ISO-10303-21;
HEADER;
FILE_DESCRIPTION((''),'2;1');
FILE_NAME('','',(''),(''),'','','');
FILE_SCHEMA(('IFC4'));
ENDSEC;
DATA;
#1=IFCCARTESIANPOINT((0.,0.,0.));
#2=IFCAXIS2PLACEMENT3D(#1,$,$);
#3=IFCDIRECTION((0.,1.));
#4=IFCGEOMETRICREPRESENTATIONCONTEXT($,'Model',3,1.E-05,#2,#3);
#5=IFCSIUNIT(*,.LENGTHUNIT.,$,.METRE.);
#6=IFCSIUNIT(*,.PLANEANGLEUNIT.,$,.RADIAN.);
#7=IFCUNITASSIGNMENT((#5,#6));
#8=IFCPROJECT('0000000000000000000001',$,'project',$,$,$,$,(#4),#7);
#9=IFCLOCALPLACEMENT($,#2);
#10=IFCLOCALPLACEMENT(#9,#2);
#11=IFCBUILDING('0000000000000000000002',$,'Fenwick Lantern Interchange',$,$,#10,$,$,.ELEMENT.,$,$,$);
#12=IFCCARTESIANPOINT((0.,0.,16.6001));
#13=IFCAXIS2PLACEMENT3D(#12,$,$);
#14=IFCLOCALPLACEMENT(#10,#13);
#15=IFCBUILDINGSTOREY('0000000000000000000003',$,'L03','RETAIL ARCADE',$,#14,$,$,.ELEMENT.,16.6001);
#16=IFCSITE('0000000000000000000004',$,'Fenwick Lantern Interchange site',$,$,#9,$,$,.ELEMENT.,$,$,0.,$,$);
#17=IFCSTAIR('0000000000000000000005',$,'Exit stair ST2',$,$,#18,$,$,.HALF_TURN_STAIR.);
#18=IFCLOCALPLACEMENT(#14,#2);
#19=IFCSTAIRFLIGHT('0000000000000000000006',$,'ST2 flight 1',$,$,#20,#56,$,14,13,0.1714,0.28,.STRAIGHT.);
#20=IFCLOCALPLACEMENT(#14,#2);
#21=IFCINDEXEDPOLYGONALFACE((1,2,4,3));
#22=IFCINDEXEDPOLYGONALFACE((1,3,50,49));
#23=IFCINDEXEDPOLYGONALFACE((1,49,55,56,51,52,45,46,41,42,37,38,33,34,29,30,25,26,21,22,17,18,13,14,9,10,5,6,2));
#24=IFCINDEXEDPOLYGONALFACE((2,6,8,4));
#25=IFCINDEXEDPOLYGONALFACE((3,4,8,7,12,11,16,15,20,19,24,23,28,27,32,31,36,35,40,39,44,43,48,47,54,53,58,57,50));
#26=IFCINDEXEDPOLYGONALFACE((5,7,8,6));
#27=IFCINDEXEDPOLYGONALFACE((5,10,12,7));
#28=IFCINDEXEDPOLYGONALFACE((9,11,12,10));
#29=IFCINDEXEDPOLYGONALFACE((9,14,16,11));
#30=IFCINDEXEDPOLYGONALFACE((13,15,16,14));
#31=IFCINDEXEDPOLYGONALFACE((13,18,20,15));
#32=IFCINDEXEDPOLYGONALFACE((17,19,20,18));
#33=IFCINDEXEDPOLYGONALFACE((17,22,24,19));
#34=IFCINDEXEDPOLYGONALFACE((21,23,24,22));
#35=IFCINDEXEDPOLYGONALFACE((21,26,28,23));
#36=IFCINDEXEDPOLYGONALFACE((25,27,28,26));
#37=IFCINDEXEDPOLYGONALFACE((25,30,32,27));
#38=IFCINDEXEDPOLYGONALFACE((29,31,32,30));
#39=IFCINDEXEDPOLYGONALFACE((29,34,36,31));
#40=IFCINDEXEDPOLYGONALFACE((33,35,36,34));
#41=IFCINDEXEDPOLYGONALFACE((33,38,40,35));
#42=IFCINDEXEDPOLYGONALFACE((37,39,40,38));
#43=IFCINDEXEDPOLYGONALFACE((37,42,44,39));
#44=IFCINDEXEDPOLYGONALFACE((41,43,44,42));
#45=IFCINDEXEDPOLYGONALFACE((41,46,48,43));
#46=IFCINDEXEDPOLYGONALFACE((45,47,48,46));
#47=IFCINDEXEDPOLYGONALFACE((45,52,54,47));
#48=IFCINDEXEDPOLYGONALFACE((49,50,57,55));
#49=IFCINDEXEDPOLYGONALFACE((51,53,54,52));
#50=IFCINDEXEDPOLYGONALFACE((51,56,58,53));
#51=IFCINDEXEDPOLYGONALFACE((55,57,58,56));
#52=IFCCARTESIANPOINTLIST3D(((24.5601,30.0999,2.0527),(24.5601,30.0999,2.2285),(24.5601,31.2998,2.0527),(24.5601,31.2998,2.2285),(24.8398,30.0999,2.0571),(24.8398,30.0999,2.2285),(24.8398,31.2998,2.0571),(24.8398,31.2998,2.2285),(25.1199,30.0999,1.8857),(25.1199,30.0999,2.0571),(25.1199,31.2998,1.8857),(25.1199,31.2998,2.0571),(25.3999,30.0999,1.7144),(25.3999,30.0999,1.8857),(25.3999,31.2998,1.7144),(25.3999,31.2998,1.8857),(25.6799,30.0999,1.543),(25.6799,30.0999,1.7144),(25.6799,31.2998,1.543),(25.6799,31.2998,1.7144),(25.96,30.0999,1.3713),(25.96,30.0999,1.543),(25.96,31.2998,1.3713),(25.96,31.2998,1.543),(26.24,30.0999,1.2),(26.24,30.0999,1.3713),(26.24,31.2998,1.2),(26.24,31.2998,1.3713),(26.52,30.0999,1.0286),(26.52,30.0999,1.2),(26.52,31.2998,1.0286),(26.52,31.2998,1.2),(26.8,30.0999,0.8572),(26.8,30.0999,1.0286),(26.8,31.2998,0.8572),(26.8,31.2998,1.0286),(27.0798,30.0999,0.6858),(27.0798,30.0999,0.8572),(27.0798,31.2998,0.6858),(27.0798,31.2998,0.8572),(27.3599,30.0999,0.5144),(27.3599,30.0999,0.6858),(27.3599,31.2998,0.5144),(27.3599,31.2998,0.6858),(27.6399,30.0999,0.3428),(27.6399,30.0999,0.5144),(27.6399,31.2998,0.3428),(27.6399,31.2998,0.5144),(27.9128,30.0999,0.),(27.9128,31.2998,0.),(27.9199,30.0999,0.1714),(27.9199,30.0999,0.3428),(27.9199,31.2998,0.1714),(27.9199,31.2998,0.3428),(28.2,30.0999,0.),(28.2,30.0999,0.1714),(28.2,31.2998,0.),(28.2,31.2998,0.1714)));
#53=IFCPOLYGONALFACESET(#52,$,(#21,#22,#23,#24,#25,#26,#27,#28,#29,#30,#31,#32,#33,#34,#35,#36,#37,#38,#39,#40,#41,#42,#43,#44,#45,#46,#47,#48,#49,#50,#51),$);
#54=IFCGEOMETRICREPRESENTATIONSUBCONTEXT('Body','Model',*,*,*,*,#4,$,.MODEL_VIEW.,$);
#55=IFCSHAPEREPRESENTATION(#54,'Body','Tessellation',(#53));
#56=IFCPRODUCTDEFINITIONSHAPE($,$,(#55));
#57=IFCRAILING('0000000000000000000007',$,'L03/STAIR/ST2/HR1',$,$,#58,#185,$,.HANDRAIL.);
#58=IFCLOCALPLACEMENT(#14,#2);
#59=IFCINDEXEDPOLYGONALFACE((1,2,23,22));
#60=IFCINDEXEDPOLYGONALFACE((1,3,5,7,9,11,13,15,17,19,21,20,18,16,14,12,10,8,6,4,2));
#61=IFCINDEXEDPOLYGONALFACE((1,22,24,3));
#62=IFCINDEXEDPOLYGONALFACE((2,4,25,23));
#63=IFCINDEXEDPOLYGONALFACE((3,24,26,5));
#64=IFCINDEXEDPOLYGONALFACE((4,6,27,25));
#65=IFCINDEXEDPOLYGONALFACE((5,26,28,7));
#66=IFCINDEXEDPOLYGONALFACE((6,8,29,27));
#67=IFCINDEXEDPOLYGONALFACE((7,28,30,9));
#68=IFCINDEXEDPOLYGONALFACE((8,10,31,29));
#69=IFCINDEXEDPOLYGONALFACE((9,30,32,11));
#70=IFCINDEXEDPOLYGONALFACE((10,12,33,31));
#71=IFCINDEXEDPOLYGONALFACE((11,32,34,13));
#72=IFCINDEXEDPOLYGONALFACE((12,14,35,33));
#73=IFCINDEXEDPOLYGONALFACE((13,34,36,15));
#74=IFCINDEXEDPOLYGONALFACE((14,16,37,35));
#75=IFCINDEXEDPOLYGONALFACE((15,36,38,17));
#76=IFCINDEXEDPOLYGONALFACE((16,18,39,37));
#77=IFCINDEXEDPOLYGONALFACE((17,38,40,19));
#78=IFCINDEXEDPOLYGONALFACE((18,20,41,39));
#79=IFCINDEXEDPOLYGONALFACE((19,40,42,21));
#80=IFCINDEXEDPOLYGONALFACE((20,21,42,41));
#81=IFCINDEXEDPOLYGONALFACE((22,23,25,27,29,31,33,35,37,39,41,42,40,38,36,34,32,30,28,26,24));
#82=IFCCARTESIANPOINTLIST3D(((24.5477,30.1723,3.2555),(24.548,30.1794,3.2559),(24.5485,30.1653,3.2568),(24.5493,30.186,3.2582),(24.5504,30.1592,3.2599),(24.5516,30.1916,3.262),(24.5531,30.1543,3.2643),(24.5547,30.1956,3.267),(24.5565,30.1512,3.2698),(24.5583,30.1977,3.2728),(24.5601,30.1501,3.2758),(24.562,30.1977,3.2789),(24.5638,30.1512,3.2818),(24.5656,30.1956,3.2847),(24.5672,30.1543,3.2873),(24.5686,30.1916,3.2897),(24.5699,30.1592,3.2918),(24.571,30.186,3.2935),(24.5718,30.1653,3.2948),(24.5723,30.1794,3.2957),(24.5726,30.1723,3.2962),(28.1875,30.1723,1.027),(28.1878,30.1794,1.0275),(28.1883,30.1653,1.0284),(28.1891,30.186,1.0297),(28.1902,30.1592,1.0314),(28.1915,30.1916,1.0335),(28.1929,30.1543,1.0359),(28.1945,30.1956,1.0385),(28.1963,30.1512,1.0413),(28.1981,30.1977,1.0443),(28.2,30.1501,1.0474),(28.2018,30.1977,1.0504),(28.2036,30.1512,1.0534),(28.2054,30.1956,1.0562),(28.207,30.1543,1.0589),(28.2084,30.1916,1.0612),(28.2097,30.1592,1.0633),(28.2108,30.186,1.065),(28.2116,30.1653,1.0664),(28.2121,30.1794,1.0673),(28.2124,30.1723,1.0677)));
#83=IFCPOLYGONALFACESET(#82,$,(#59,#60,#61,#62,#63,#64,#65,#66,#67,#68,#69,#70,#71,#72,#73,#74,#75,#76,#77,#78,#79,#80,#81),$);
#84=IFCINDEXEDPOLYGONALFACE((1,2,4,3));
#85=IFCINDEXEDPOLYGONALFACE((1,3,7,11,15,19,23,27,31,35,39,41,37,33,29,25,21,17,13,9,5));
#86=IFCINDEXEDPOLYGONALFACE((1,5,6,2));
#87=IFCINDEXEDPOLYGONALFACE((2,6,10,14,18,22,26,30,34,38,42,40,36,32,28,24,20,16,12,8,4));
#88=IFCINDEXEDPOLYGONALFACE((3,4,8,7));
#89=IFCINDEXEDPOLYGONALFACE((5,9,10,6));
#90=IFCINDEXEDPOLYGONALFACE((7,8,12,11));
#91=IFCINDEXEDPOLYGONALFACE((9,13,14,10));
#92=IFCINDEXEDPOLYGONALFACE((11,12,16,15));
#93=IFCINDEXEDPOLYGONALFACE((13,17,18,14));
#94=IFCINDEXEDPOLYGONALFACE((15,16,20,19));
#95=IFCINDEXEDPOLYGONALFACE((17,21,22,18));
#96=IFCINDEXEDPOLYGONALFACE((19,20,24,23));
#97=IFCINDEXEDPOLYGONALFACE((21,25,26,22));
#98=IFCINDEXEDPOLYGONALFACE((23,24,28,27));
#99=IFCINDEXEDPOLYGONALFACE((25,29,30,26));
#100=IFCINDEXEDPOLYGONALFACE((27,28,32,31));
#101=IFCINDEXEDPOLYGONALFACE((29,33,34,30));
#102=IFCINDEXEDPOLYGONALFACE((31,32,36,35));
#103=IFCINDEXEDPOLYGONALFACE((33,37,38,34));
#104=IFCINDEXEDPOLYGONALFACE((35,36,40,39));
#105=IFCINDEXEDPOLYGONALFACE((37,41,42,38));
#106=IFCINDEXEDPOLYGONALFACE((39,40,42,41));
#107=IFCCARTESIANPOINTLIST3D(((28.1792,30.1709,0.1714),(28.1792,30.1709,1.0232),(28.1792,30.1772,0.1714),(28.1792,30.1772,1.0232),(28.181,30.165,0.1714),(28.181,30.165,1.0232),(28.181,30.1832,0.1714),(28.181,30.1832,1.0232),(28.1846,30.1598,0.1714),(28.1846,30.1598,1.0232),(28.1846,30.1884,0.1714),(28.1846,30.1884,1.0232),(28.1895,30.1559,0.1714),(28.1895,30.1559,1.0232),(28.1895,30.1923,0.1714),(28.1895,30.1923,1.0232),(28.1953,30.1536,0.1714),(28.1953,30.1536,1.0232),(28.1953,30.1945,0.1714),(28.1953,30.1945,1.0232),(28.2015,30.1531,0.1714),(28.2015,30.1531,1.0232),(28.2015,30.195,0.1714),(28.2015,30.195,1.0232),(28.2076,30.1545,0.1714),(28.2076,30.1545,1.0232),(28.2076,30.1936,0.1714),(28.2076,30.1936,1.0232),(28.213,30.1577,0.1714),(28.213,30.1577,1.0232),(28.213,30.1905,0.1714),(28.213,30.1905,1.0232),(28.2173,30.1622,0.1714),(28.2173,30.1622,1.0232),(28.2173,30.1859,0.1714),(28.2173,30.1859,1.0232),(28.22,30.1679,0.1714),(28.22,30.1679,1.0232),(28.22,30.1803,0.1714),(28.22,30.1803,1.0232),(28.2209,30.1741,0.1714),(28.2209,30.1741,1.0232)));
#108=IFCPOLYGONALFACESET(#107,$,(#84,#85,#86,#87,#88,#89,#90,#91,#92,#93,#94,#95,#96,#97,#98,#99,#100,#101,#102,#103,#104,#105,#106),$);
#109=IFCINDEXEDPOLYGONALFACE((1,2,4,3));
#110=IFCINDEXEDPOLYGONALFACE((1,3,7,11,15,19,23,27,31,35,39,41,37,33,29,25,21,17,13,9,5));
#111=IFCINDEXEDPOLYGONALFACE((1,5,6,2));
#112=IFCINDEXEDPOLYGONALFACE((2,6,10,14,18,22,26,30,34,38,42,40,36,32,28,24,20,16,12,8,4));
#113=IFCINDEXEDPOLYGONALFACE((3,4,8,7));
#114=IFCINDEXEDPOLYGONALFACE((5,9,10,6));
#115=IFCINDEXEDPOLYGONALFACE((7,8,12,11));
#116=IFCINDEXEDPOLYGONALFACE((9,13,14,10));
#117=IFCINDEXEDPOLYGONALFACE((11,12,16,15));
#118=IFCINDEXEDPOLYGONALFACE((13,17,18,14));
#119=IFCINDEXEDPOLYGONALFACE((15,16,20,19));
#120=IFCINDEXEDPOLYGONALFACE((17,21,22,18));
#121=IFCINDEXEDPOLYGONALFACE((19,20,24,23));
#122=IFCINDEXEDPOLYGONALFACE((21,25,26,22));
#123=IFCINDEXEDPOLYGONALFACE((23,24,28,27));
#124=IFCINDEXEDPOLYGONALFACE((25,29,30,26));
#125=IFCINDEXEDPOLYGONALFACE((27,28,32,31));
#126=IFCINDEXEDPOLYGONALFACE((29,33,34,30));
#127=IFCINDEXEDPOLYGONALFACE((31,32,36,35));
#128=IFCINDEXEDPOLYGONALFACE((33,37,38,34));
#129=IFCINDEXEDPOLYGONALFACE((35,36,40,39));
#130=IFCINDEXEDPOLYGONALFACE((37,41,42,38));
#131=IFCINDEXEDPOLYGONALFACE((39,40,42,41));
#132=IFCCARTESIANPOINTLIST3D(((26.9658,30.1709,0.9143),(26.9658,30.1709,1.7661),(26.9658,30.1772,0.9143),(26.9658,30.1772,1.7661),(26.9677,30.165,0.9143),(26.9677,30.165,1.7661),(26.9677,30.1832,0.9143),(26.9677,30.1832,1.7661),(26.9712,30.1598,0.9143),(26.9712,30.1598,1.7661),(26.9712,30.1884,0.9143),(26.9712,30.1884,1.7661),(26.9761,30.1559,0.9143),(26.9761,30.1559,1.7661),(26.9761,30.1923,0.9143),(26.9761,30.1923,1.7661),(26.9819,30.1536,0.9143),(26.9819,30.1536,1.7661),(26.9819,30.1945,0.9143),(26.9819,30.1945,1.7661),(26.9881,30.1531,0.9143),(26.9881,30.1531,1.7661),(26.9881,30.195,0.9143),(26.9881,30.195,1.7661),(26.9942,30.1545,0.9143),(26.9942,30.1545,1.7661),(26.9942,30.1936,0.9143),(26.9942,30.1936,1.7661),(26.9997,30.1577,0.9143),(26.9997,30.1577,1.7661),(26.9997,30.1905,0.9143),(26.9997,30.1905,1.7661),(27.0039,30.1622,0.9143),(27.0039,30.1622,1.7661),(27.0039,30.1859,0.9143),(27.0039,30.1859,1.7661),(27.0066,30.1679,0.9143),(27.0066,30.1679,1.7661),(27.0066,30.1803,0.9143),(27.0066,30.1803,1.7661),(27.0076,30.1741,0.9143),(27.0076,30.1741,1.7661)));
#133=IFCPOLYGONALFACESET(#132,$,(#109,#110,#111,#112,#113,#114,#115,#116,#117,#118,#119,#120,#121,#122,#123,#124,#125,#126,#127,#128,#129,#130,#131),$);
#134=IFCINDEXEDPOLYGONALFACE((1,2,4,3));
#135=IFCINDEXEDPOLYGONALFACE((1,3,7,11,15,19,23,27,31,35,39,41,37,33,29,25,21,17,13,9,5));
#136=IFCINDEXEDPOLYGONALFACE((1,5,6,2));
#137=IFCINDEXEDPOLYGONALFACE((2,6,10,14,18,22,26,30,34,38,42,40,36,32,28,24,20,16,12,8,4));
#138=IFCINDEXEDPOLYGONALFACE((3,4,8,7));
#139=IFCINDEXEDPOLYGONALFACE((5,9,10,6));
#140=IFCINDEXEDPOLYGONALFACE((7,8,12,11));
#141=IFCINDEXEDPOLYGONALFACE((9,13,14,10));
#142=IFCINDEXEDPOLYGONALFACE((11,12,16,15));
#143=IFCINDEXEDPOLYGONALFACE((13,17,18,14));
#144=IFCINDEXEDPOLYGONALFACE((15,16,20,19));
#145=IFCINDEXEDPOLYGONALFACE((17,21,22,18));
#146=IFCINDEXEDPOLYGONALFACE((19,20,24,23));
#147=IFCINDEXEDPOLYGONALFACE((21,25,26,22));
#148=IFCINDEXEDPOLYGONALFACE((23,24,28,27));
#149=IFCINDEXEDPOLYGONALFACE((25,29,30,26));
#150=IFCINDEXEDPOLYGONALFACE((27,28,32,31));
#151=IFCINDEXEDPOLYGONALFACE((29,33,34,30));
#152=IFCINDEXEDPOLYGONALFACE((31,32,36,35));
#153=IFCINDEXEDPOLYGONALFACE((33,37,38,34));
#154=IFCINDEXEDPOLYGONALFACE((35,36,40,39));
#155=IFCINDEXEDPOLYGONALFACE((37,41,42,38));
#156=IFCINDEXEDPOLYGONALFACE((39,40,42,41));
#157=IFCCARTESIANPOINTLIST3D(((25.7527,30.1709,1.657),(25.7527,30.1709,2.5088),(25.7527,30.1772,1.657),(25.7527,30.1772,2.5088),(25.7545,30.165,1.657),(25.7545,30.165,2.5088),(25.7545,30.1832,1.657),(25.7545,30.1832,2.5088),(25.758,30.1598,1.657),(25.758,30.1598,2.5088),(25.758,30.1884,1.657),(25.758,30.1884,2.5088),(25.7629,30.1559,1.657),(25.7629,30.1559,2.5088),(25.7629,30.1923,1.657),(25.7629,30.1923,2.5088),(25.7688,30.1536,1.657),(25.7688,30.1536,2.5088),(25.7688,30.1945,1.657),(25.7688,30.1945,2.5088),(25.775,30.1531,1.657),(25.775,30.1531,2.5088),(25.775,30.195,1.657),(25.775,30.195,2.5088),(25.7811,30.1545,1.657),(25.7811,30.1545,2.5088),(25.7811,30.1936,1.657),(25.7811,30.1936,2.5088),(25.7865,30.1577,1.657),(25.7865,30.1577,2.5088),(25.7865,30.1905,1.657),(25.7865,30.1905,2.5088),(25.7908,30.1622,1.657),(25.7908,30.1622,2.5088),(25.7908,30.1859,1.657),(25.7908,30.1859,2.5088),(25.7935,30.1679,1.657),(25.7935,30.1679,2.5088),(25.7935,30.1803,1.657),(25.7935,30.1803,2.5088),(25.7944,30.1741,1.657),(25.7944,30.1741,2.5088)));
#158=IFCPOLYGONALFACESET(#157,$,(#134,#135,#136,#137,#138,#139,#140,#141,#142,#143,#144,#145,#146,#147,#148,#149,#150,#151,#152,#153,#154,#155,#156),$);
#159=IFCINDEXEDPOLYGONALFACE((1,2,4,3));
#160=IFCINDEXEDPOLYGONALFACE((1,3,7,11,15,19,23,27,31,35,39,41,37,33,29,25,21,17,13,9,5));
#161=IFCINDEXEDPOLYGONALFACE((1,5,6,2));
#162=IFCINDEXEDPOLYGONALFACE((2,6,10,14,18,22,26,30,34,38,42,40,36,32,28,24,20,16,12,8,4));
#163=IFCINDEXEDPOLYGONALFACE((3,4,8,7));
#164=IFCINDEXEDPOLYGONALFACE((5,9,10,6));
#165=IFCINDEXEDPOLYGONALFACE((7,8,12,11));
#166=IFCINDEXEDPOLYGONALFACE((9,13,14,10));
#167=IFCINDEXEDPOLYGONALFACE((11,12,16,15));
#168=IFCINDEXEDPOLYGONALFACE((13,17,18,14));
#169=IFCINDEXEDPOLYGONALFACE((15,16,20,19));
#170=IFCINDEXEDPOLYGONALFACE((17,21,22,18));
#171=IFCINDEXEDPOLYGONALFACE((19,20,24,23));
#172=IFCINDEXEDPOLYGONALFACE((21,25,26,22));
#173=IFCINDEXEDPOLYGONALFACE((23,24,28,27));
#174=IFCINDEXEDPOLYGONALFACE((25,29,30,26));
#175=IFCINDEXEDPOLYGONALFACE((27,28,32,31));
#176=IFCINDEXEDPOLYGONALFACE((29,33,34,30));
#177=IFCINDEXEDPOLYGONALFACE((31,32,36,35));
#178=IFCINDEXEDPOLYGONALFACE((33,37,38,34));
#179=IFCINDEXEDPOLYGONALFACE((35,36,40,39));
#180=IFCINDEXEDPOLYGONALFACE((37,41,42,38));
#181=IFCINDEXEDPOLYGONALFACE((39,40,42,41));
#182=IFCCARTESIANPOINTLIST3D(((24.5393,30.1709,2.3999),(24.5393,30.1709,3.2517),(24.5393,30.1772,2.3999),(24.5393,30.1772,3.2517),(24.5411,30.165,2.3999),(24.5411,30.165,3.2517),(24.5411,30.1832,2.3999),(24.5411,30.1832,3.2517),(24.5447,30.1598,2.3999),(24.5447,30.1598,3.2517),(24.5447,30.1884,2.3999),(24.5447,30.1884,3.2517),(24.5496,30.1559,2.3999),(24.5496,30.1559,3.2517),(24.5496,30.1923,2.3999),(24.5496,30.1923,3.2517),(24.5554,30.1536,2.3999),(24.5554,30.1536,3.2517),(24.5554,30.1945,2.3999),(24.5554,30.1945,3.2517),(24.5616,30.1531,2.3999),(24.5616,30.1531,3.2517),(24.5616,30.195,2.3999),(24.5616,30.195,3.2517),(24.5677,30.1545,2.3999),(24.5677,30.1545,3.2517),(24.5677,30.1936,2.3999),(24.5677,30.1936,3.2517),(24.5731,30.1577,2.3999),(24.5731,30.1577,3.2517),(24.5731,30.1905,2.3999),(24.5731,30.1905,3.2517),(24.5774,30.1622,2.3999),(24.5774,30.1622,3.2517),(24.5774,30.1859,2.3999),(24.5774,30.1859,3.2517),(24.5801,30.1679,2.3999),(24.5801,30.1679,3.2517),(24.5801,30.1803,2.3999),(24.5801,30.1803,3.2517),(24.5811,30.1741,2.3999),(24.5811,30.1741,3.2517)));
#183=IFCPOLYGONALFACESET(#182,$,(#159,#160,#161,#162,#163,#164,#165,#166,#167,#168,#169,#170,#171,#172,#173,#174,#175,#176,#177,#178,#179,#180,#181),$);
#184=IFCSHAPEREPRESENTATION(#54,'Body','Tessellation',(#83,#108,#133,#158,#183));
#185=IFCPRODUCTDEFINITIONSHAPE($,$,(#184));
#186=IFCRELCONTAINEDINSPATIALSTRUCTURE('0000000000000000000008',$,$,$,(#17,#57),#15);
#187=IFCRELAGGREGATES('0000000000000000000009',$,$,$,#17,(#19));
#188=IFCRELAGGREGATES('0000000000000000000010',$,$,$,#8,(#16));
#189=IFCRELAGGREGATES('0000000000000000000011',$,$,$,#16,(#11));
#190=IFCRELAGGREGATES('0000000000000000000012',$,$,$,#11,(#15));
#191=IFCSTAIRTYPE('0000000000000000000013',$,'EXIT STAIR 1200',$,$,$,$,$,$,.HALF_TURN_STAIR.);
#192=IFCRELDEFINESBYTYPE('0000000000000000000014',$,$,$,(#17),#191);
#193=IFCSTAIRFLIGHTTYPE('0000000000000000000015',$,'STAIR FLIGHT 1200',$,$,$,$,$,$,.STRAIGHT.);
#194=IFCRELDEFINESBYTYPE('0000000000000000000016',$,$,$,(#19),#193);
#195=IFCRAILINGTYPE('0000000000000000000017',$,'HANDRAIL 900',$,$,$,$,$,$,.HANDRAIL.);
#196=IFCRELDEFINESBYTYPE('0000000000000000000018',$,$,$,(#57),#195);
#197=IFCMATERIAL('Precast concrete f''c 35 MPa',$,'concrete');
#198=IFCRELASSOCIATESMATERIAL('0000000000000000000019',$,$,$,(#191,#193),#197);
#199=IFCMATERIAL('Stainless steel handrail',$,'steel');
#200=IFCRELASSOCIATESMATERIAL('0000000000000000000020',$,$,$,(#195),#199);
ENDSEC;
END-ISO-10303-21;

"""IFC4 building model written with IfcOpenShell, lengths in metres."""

from ifc_helpers import new_model, si_unit, direction, frame, origin, origin_2d, place, context, subcontext, project, spatial, polyline, circle, outline, extrude, material, type_object, element, aggregate, save


model = new_model("IFC4")

# Units and contexts
model_context = context("Model", 3, precision=1e-05, world=origin(), true_north=direction((0.0, 1.0)))
body_context = subcontext(model_context, "Body", "Model", "MODEL_VIEW")
ifc_project = project(units=[si_unit("LENGTHUNIT", "METRE"), si_unit("PLANEANGLEUNIT", "RADIAN")], contexts=[model_context])

# Site, building, storey
site_placement = place(None, origin())
site = spatial("IfcSite", under=ifc_project, at=site_placement, Name="Fenwick Lantern Interchange site", CompositionType="ELEMENT", RefElevation=0.0)
building_placement = place(site_placement, origin())
building = spatial("IfcBuilding", under=site, at=building_placement, Name="Fenwick Lantern Interchange", CompositionType="ELEMENT")
storey_placement = place(building_placement, frame((0.0, 0.0, 16.6001)))
storey = spatial("IfcBuildingStorey", under=building, at=storey_placement, Name="L03", Description="RETAIL ARCADE", CompositionType="ELEMENT", Elevation=16.6001)

# Stair, stair flight
ifc_material_1 = material(Name="Precast concrete f'c 35 MPa", Category="concrete")
stair_type = type_object("IfcStairType", Name="EXIT STAIR 1200", PredefinedType="HALF_TURN_STAIR", material=ifc_material_1)
stair_placement = place(storey_placement, origin())
stair = element("IfcStair", 1, at=stair_placement, inside=storey, type_object=stair_type, Name="Exit stair ST2", PredefinedType="HALF_TURN_STAIR")
stair_flight_type = type_object("IfcStairFlightType", Name="STAIR FLIGHT 1200", PredefinedType="STRAIGHT", material=ifc_material_1)
stair_flight_placement = place(storey_placement, frame((28.2, 30.7, 0.0), z_axis=(0.0, 0.0, 1.0), x_axis=(-1.0, 0.0, 0.0)))
stair_flight = element("IfcStairFlight", 2, at=stair_flight_placement, type_object=stair_flight_type, Name="ST2 flight 1", NumberOfRisers=14, NumberOfTreads=13, PredefinedType="STRAIGHT", RiserHeight=0.1714, TreadLength=0.28, context=body_context, shape_type="SweptSolid", body=[
    extrude(outline(polyline([(0.0, 0.0), (0.0, 0.1714), (0.28, 0.1714), (0.28, 0.3428), (0.5601, 0.3428), (0.5601, 0.5144), (0.8401, 0.5144), (0.8401, 0.6858), (1.1201, 0.6858), (1.1201, 0.8572), (1.3999, 0.8572), (1.3999, 1.0286), (1.6799, 1.0286), (1.6799, 1.2), (1.96, 1.2), (1.96, 1.3713), (2.24, 1.3713), (2.24, 1.543), (2.52, 1.543), (2.52, 1.7144), (2.8, 1.7144), (2.8, 1.8857), (3.0801, 1.8857), (3.0801, 2.0571), (3.3601, 2.0571), (3.3601, 2.2285), (3.6399, 2.2285), (3.6399, 2.3999), (3.6399, 2.0527), (0.2871, 0.0), (0.0, 0.0)])), frame((0.0, 0.6001, 0.0), z_axis=(0.0, -1.0, 0.0), x_axis=(1.0, 0.0, 0.0)), (0.0, 0.0, 1.0), 1.2),
])
aggregate(stair, [stair_flight])

# Railing
ifc_material_2 = material(Name="Stainless steel handrail", Category="steel")
railing_type = type_object("IfcRailingType", Name="HANDRAIL 900", PredefinedType="HANDRAIL", material=ifc_material_2)
railing_placement = place(storey_placement, frame((28.2, 30.1741, 0.1714)))
element("IfcRailing", 3, at=railing_placement, inside=storey, type_object=railing_type, Name="L03/STAIR/ST2/HR1", PredefinedType="HANDRAIL", context=body_context, shape_type="SweptSolid", body=[
    extrude(circle(Radius=0.0239, at=origin_2d()), frame((0.0, 0.0, 0.876), z_axis=(-0.85285, 0.0, 0.522156), x_axis=(0.0, -1.0, 0.0)), (0.0, 0.0, 1.0), 4.2678),
    extrude(circle(Radius=0.021, at=origin_2d()), origin(), (0.0, 0.0, 1.0), 0.8518),
    extrude(circle(Radius=0.021, at=origin_2d()), frame((-1.2134, 0.0, 0.7429)), (0.0, 0.0, 1.0), 0.8518),
    extrude(circle(Radius=0.021, at=origin_2d()), frame((-2.4265, 0.0, 1.4856)), (0.0, 0.0, 1.0), 0.8518),
    extrude(circle(Radius=0.021, at=origin_2d()), frame((-3.6399, 0.0, 2.2285)), (0.0, 0.0, 1.0), 0.8518),
])

save(model, "model.ifc")
